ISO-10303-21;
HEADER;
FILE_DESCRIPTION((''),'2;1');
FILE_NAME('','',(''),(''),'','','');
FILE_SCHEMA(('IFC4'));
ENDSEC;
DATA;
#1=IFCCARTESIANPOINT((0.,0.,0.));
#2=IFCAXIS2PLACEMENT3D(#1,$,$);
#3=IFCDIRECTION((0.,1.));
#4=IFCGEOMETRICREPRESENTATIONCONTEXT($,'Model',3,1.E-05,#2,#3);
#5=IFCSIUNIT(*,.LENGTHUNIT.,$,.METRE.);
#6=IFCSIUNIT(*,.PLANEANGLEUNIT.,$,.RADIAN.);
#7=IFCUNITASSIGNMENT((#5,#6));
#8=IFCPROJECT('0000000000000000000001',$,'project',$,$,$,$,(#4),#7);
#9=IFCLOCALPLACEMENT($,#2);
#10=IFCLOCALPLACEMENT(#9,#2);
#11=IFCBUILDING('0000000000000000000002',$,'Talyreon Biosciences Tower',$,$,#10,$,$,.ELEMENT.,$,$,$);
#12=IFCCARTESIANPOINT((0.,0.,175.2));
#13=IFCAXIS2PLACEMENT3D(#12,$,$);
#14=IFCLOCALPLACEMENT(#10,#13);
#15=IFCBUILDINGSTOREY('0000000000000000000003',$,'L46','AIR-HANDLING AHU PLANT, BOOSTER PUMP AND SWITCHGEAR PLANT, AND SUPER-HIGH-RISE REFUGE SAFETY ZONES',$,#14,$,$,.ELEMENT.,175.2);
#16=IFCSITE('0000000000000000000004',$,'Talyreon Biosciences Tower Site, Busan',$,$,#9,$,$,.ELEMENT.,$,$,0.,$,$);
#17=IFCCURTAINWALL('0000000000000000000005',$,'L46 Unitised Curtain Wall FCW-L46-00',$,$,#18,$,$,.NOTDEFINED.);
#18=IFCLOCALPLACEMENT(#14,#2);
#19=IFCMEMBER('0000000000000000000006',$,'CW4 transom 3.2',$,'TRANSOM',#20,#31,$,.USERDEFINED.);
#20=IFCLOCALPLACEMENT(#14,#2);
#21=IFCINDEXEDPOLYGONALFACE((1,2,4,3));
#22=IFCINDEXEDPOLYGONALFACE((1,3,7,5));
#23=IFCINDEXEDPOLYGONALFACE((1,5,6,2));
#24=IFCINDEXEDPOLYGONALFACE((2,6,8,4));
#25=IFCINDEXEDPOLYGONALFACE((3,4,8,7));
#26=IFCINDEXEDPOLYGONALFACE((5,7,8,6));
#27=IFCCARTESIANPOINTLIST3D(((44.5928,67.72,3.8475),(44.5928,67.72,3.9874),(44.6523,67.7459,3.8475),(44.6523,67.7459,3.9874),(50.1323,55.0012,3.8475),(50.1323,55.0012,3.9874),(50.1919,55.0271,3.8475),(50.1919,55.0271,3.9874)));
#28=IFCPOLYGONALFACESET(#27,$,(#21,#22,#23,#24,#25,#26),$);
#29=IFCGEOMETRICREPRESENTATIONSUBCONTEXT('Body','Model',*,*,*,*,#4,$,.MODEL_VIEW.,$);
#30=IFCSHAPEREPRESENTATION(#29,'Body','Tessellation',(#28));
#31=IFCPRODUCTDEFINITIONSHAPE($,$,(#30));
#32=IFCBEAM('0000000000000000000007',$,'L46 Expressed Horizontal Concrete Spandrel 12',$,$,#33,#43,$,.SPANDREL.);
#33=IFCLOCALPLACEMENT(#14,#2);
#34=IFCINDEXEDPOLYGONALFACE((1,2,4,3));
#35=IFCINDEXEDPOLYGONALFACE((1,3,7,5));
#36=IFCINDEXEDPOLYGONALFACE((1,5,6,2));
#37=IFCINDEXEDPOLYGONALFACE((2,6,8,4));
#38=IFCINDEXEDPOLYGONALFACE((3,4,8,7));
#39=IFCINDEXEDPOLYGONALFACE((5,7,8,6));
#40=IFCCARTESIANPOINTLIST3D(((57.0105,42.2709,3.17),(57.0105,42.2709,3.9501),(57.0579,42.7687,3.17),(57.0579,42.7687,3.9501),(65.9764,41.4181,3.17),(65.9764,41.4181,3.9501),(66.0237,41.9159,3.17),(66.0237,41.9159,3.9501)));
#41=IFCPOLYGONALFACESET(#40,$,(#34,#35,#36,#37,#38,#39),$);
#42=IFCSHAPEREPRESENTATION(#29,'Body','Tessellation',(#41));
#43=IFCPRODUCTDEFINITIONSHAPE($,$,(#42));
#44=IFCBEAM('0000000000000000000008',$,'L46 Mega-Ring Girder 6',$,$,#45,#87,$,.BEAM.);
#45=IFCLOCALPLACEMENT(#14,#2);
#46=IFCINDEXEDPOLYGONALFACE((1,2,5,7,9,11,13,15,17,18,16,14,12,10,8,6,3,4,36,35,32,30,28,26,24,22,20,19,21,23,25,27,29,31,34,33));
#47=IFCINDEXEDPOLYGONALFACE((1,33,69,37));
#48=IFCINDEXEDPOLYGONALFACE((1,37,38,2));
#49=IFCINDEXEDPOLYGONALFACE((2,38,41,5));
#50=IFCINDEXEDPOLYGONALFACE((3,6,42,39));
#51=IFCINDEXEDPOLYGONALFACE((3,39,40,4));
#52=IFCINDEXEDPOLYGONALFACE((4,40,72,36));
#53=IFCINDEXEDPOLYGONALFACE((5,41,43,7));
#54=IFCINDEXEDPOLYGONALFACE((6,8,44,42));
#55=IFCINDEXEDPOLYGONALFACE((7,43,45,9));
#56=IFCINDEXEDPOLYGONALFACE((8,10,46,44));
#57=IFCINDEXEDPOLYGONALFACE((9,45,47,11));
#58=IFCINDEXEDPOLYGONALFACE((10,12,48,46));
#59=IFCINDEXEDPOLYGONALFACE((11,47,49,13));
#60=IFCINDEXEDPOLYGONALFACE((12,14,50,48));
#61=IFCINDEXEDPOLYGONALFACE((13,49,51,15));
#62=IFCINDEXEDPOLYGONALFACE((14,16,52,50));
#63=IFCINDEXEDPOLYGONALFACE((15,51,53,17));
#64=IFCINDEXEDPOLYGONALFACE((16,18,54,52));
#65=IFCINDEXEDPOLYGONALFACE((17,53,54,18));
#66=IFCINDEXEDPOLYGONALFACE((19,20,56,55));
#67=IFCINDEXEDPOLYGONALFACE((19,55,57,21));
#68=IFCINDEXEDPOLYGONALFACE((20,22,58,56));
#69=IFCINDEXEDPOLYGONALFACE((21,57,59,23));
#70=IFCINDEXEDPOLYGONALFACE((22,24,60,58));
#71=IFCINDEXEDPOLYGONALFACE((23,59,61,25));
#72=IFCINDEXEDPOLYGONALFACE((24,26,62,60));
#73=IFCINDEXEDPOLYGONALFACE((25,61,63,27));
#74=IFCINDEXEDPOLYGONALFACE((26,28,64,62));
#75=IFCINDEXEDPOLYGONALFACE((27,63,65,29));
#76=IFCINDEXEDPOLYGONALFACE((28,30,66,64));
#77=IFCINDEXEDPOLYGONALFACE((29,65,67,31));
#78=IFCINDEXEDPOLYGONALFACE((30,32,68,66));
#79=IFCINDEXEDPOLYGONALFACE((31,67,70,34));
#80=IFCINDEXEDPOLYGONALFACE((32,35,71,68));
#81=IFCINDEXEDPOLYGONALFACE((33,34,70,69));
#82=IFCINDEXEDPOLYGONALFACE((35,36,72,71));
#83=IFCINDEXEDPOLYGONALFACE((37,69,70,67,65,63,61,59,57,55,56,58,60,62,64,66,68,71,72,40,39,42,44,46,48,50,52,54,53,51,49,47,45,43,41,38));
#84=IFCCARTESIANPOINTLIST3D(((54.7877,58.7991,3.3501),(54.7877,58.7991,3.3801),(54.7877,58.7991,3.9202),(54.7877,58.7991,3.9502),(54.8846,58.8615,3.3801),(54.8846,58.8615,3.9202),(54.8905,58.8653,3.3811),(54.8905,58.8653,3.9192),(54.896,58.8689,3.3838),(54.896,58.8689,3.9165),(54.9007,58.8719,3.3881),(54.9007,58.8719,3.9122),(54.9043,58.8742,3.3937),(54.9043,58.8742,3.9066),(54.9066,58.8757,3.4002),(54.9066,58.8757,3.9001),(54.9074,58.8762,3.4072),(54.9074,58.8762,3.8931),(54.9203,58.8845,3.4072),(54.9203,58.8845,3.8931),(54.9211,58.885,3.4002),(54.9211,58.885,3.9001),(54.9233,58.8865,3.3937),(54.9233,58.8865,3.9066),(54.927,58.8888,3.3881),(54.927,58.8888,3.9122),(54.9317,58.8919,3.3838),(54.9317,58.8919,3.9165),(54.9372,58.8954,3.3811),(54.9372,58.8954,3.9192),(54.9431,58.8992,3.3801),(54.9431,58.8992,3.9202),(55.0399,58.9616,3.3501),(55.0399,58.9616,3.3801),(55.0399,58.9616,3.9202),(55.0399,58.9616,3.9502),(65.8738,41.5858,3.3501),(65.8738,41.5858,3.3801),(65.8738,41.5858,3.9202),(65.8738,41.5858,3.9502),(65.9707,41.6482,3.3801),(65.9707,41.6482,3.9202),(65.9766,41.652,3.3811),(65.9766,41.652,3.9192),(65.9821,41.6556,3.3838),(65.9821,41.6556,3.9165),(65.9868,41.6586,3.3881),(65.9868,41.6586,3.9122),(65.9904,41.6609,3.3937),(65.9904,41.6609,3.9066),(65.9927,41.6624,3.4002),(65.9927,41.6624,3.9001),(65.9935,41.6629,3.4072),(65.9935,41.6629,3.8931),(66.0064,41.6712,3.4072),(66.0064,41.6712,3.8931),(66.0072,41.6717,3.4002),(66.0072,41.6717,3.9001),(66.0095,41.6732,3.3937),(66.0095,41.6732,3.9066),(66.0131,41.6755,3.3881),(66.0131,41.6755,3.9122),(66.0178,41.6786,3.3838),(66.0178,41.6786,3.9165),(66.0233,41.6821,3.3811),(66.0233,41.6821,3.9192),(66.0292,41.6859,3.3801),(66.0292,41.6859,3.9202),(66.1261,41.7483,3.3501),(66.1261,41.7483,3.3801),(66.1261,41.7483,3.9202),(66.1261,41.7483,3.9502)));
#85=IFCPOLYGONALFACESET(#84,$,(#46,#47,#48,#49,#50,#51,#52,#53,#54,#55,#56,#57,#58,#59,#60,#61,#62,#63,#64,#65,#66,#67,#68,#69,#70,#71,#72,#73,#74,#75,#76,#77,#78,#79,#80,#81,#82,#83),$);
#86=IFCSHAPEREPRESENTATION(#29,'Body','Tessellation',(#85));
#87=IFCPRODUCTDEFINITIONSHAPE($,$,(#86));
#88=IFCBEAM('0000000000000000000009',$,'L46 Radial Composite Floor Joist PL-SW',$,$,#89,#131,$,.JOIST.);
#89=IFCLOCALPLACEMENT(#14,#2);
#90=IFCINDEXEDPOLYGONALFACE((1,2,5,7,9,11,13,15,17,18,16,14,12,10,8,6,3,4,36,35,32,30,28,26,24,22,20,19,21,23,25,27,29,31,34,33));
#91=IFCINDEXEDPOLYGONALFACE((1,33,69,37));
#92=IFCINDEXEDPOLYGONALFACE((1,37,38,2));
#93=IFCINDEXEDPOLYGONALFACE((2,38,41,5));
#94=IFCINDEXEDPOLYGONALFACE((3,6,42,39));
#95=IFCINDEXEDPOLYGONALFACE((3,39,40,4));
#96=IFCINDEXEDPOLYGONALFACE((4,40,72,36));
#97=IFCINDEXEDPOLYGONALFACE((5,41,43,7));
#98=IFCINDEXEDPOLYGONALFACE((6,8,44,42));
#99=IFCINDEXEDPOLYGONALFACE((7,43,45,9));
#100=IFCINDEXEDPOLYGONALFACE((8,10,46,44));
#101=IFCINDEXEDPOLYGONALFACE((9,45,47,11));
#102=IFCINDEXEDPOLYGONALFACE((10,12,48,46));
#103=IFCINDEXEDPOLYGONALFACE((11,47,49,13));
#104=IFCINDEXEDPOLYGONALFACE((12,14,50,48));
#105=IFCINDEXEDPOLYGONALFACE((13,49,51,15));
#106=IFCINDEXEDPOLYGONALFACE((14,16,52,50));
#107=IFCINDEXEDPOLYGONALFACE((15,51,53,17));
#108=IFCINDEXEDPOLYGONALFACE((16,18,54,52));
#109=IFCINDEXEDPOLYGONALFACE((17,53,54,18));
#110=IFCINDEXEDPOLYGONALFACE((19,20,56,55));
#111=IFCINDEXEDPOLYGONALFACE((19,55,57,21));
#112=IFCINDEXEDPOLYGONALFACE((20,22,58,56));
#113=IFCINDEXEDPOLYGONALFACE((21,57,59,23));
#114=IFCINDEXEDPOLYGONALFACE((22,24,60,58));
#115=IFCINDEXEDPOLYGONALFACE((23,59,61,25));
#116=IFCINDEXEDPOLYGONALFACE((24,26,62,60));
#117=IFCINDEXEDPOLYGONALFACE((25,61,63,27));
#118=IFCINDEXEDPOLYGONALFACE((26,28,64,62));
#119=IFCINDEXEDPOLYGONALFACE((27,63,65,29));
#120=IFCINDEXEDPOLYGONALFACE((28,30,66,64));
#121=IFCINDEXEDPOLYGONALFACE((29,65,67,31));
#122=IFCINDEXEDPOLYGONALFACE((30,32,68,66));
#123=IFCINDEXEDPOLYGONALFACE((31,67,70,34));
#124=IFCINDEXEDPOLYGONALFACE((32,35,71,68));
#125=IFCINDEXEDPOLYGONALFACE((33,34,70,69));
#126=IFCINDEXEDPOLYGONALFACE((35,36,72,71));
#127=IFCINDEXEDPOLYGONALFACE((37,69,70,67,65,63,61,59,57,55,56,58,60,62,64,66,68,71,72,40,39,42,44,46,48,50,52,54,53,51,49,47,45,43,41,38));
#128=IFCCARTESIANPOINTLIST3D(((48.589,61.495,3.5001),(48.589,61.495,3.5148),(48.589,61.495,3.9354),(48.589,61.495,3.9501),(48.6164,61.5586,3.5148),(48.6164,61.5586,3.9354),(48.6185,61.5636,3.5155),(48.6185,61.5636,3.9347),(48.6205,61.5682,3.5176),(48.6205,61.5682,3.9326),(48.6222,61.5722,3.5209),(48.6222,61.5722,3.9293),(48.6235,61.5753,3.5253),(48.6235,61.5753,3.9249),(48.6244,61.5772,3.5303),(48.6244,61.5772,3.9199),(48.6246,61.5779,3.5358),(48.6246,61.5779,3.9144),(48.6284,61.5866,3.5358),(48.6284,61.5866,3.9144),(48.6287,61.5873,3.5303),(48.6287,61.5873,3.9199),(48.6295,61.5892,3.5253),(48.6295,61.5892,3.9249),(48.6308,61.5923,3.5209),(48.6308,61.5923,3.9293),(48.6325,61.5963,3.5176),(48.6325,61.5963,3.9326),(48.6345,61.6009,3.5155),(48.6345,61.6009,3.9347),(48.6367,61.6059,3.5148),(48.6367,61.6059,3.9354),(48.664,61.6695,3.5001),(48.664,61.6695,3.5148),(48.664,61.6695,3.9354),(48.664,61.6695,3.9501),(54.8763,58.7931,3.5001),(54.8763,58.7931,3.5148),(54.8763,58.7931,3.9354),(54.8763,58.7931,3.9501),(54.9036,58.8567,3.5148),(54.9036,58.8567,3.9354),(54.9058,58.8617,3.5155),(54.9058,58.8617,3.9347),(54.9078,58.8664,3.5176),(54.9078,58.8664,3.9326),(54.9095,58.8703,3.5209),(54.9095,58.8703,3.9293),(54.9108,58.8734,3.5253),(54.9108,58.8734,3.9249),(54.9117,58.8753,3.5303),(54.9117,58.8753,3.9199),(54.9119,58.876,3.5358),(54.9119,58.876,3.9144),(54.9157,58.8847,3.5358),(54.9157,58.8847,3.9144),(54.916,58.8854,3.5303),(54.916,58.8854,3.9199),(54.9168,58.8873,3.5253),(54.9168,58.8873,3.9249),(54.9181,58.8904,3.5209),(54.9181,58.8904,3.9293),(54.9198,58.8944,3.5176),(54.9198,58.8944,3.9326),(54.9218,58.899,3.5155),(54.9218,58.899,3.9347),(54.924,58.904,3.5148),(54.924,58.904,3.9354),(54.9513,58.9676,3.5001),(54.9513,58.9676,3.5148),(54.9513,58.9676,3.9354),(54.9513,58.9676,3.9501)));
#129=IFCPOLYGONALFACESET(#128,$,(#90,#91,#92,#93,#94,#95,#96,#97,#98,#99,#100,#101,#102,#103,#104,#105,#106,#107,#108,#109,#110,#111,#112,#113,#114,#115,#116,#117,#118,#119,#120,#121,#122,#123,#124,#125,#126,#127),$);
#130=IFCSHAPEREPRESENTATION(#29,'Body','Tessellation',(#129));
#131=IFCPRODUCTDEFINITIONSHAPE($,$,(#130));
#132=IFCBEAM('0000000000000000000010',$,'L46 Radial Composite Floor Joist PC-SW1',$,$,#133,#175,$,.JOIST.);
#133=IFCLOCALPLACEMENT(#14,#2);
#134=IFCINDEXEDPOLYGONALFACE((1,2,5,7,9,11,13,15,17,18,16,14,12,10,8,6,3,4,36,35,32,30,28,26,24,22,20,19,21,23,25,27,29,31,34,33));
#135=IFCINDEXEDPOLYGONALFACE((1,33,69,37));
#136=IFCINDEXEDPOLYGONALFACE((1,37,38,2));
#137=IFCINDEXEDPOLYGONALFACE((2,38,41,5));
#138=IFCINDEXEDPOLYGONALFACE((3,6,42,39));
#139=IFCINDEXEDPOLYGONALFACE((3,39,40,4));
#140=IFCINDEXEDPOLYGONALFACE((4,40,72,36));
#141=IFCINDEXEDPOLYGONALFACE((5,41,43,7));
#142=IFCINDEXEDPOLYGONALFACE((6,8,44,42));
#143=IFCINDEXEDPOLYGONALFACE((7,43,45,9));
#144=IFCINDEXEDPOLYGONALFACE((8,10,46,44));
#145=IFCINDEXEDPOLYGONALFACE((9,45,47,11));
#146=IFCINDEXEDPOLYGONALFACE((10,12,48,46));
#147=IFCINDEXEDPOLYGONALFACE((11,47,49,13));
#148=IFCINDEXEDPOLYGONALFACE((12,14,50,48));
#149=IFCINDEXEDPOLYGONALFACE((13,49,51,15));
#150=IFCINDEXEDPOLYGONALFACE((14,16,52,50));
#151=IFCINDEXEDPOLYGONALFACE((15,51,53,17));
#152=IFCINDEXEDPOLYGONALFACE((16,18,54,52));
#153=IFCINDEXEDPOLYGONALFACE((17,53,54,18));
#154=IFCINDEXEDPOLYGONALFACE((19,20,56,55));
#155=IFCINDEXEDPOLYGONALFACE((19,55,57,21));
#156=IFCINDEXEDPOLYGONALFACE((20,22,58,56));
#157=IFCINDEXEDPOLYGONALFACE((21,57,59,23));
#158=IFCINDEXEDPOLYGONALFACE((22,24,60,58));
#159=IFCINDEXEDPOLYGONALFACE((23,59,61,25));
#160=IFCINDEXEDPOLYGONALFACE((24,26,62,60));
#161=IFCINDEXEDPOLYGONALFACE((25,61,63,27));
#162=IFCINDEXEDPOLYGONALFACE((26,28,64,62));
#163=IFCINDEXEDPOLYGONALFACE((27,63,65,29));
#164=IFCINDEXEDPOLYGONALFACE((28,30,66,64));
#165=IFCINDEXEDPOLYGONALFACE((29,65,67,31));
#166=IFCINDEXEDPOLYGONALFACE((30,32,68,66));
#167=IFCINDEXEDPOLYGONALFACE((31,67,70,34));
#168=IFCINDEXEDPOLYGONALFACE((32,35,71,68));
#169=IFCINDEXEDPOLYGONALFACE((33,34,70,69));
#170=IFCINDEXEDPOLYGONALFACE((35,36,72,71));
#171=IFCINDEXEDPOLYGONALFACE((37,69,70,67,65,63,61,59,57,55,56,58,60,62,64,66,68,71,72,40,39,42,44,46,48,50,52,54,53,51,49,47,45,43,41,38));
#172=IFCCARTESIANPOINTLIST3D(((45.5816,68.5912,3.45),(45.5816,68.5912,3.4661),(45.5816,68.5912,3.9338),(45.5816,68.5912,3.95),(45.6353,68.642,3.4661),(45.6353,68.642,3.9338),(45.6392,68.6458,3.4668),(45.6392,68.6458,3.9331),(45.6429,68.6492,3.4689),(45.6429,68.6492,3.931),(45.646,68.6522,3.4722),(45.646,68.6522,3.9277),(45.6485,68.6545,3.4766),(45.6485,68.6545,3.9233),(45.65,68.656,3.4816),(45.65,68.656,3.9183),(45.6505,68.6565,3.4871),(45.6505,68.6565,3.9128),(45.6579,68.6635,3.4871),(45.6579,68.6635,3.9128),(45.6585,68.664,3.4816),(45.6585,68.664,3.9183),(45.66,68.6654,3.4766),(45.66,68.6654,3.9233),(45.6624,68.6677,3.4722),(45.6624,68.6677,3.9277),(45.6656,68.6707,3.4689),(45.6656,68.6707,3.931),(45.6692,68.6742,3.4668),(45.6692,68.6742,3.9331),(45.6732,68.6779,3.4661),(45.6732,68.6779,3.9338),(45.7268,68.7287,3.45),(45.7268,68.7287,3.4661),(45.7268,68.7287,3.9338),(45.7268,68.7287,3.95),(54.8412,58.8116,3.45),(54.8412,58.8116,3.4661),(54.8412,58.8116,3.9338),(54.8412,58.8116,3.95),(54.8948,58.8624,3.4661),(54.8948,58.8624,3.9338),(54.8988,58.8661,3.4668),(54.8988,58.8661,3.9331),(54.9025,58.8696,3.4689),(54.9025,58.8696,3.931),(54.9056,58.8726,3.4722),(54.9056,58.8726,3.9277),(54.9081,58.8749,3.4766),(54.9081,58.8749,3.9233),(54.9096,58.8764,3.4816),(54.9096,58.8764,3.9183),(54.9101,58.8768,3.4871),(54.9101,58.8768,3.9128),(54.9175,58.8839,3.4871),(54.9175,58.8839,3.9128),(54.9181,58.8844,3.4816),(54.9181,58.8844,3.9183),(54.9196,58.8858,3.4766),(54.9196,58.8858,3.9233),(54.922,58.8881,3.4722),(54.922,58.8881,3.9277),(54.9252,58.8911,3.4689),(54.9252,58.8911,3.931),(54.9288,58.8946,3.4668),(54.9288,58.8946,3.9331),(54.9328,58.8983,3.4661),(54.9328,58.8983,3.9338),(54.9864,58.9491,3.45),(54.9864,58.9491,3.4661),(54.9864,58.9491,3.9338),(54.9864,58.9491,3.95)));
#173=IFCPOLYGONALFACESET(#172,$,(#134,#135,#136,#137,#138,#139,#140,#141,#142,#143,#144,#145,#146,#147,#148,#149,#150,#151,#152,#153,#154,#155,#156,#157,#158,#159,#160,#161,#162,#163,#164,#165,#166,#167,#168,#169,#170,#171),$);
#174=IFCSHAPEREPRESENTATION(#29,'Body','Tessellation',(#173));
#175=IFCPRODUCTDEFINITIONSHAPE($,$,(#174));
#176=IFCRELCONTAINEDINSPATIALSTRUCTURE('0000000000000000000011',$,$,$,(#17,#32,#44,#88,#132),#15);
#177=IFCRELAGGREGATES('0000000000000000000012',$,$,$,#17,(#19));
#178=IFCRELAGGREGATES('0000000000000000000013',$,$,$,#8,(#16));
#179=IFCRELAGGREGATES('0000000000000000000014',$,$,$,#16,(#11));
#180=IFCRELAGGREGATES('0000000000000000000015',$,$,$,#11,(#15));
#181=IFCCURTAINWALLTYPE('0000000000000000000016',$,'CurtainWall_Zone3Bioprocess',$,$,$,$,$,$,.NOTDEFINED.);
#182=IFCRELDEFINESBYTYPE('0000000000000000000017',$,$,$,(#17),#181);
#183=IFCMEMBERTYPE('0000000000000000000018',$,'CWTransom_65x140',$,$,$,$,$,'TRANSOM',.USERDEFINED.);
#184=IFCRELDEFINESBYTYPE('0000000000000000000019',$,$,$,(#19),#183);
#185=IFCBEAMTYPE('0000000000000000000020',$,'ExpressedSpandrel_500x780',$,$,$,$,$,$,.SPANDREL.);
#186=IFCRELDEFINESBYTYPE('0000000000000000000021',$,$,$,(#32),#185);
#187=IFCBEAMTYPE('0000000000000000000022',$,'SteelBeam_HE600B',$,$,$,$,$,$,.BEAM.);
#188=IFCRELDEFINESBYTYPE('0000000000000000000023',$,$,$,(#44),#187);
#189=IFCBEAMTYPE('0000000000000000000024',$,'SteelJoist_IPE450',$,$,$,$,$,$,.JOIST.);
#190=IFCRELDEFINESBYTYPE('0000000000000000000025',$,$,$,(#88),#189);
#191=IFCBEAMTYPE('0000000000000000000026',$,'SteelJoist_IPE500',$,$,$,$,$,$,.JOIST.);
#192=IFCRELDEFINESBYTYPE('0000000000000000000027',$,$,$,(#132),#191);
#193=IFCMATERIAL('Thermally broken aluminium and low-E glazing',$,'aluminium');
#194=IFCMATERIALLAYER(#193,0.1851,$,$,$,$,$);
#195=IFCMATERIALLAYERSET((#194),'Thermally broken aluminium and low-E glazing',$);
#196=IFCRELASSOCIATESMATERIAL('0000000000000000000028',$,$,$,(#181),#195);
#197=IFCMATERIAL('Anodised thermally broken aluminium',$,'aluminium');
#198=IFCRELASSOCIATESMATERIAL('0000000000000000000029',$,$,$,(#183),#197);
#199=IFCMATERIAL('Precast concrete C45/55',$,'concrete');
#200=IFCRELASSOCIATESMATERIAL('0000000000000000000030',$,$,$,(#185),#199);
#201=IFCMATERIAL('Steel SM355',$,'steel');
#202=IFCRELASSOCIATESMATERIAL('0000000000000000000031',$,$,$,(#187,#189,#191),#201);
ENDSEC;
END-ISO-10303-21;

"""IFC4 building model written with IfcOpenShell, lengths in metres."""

from ifc_helpers import new_model, si_unit, direction, frame, origin, origin_2d, place, context, subcontext, project, spatial, rectangle, i_section, extrude, material, layer, layer_set, material_profile, profile_set, type_object, element, aggregate, save


model = new_model("IFC4")

# Units and contexts
model_context = context("Model", 3, precision=1e-05, world=origin(), true_north=direction((0.0, 1.0)))
body_context = subcontext(model_context, "Body", "Model", "MODEL_VIEW")
ifc_project = project(units=[si_unit("LENGTHUNIT", "METRE"), si_unit("PLANEANGLEUNIT", "RADIAN")], contexts=[model_context])

# Site, building, storey
site_placement = place(None, origin())
site = spatial("IfcSite", under=ifc_project, at=site_placement, Name="Talyreon Biosciences Tower Site, Busan", CompositionType="ELEMENT", RefElevation=0.0)
building_placement = place(site_placement, origin())
building = spatial("IfcBuilding", under=site, at=building_placement, Name="Talyreon Biosciences Tower", CompositionType="ELEMENT")
storey_placement = place(building_placement, frame((0.0, 0.0, 175.2)))
storey = spatial("IfcBuildingStorey", under=building, at=storey_placement, Name="L46", Description="AIR-HANDLING AHU PLANT, BOOSTER PUMP AND SWITCHGEAR PLANT, AND SUPER-HIGH-RISE REFUGE SAFETY ZONES", CompositionType="ELEMENT", Elevation=175.2)

# Shared definitions
ifc_material_1 = material(Name="Steel SM355", Category="steel")

# Curtain wall, member
ifc_material_2 = material(Name="Thermally broken aluminium and low-E glazing", Category="aluminium")
ifc_layer_1 = layer(ifc_material_2, 0.1851)
ifc_layer_set_1 = layer_set([ifc_layer_1], Name="Thermally broken aluminium and low-E glazing")
curtain_wall_type = type_object("IfcCurtainWallType", Name="CurtainWall_Zone3Bioprocess", PredefinedType="NOTDEFINED", material=ifc_layer_set_1)
curtain_wall_placement = place(storey_placement, origin())
curtain_wall = element("IfcCurtainWall", 1, at=curtain_wall_placement, inside=storey, type_object=curtain_wall_type, Name="L46 Unitised Curtain Wall FCW-L46-00", PredefinedType="NOTDEFINED")
ifc_material_3 = material(Name="Anodised thermally broken aluminium", Category="aluminium")
ifc_material_profile_1 = material_profile(ifc_material_3, rectangle(XDim=0.0649, YDim=0.1399, at=origin_2d()), Name="ALUM TRANSOM 65x140")
ifc_profile_set_1 = profile_set([ifc_material_profile_1], Name="Anodised thermally broken aluminium")
member_type_1 = type_object("IfcMemberType", Name="CWTransom_65x140", ElementType="TRANSOM", PredefinedType="USERDEFINED", material=ifc_profile_set_1)
member_1_placement = place(storey_placement, frame((50.1621, 55.0142, 3.9175), z_axis=(-0.399312, 0.916815, 0.0), x_axis=(-0.916815, -0.399312, 0.0)))
member_1 = element("IfcMember", 2, at=member_1_placement, type_object=member_type_1, Name="CW4 transom 3.2", ObjectType="TRANSOM", PredefinedType="USERDEFINED", context=body_context, shape_type="SweptSolid", body=[
    extrude(rectangle(XDim=0.0649, YDim=0.1399, at=origin_2d()), origin(), (0.0, 0.0, 1.0), 13.8728),
])

# Beams
ifc_material_4 = material(Name="Precast concrete C45/55", Category="concrete")
ifc_material_profile_2 = material_profile(ifc_material_4, rectangle(XDim=0.5, YDim=0.78, at=origin_2d()), Name="RCB 500x780")
ifc_profile_set_2 = profile_set([ifc_material_profile_2], Name="Precast concrete C45/55")
beam_type_1 = type_object("IfcBeamType", Name="ExpressedSpandrel_500x780", PredefinedType="SPANDREL", material=ifc_profile_set_2)
beam_1_placement = place(storey_placement, frame((57.0342, 42.5198, 3.5601), z_axis=(0.995507, -0.094688, 0.0), x_axis=(0.094688, 0.995507, 0.0)))
element("IfcBeam", 3, at=beam_1_placement, inside=storey, type_object=beam_type_1, Name="L46 Expressed Horizontal Concrete Spandrel 12", PredefinedType="SPANDREL", context=body_context, shape_type="SweptSolid", body=[
    extrude(rectangle(XDim=0.5, YDim=0.78, at=origin_2d()), origin(), (0.0, 0.0, 1.0), 9.0063),
])
ifc_material_profile_3 = material_profile(ifc_material_1, i_section(OverallWidth=0.3, OverallDepth=0.6001, WebThickness=0.0154, FlangeThickness=0.03, FilletRadius=0.0271, at=origin_2d()), Name="HE600B")
ifc_profile_set_3 = profile_set([ifc_material_profile_3], Name="Steel SM355")
beam_type_2 = type_object("IfcBeamType", Name="SteelBeam_HE600B", PredefinedType="BEAM", material=ifc_profile_set_3)
beam_2_placement = place(storey_placement, frame((54.9138, 58.8804, 3.6501), z_axis=(0.541464, -0.840724, 0.0), x_axis=(0.840724, 0.541464, 0.0)))
element("IfcBeam", 4, at=beam_2_placement, inside=storey, type_object=beam_type_2, Name="L46 Mega-Ring Girder 6", PredefinedType="BEAM", context=body_context, shape_type="SweptSolid", body=[
    extrude(i_section(OverallWidth=0.3, OverallDepth=0.6001, WebThickness=0.0154, FlangeThickness=0.03, FilletRadius=0.0271, at=origin_2d()), origin(), (0.0, 0.0, 1.0), 20.4744),
])
ifc_material_profile_4 = material_profile(ifc_material_1, i_section(OverallWidth=0.1899, OverallDepth=0.45, WebThickness=0.0095, FlangeThickness=0.0146, FilletRadius=0.021, at=origin_2d()), Name="IPE450")
ifc_profile_set_4 = profile_set([ifc_material_profile_4], Name="Steel SM355")
beam_type_3 = type_object("IfcBeamType", Name="SteelJoist_IPE450", PredefinedType="JOIST", material=ifc_profile_set_4)
beam_3_placement = place(storey_placement, frame((54.9138, 58.8804, 3.7251), z_axis=(-0.918757, 0.394823, 0.0), x_axis=(-0.394823, -0.918757, 0.0)))
element("IfcBeam", 5, at=beam_3_placement, inside=storey, type_object=beam_type_3, Name="L46 Radial Composite Floor Joist PL-SW", PredefinedType="JOIST", context=body_context, shape_type="SweptSolid", body=[
    extrude(i_section(OverallWidth=0.1899, OverallDepth=0.45, WebThickness=0.0095, FlangeThickness=0.0146, FilletRadius=0.021, at=origin_2d()), origin(), (0.0, 0.0, 1.0), 6.8433),
])
ifc_material_profile_5 = material_profile(ifc_material_1, i_section(OverallWidth=0.2, OverallDepth=0.5, WebThickness=0.0103, FlangeThickness=0.0161, FilletRadius=0.021, at=origin_2d()), Name="IPE500")
ifc_profile_set_5 = profile_set([ifc_material_profile_5], Name="Steel SM355")
beam_type_4 = type_object("IfcBeamType", Name="SteelJoist_IPE500", PredefinedType="JOIST", material=ifc_profile_set_5)
beam_4_placement = place(storey_placement, frame((54.9138, 58.8804, 3.7), z_axis=(-0.687537, 0.726149, 0.0), x_axis=(-0.726149, -0.687537, 0.0)))
element("IfcBeam", 6, at=beam_4_placement, inside=storey, type_object=beam_type_4, Name="L46 Radial Composite Floor Joist PC-SW1", PredefinedType="JOIST", context=body_context, shape_type="SweptSolid", body=[
    extrude(i_section(OverallWidth=0.2, OverallDepth=0.5, WebThickness=0.0103, FlangeThickness=0.0161, FilletRadius=0.021, at=origin_2d()), origin(), (0.0, 0.0, 1.0), 13.4678),
])

aggregate(curtain_wall, [member_1])

save(model, "model.ifc")
